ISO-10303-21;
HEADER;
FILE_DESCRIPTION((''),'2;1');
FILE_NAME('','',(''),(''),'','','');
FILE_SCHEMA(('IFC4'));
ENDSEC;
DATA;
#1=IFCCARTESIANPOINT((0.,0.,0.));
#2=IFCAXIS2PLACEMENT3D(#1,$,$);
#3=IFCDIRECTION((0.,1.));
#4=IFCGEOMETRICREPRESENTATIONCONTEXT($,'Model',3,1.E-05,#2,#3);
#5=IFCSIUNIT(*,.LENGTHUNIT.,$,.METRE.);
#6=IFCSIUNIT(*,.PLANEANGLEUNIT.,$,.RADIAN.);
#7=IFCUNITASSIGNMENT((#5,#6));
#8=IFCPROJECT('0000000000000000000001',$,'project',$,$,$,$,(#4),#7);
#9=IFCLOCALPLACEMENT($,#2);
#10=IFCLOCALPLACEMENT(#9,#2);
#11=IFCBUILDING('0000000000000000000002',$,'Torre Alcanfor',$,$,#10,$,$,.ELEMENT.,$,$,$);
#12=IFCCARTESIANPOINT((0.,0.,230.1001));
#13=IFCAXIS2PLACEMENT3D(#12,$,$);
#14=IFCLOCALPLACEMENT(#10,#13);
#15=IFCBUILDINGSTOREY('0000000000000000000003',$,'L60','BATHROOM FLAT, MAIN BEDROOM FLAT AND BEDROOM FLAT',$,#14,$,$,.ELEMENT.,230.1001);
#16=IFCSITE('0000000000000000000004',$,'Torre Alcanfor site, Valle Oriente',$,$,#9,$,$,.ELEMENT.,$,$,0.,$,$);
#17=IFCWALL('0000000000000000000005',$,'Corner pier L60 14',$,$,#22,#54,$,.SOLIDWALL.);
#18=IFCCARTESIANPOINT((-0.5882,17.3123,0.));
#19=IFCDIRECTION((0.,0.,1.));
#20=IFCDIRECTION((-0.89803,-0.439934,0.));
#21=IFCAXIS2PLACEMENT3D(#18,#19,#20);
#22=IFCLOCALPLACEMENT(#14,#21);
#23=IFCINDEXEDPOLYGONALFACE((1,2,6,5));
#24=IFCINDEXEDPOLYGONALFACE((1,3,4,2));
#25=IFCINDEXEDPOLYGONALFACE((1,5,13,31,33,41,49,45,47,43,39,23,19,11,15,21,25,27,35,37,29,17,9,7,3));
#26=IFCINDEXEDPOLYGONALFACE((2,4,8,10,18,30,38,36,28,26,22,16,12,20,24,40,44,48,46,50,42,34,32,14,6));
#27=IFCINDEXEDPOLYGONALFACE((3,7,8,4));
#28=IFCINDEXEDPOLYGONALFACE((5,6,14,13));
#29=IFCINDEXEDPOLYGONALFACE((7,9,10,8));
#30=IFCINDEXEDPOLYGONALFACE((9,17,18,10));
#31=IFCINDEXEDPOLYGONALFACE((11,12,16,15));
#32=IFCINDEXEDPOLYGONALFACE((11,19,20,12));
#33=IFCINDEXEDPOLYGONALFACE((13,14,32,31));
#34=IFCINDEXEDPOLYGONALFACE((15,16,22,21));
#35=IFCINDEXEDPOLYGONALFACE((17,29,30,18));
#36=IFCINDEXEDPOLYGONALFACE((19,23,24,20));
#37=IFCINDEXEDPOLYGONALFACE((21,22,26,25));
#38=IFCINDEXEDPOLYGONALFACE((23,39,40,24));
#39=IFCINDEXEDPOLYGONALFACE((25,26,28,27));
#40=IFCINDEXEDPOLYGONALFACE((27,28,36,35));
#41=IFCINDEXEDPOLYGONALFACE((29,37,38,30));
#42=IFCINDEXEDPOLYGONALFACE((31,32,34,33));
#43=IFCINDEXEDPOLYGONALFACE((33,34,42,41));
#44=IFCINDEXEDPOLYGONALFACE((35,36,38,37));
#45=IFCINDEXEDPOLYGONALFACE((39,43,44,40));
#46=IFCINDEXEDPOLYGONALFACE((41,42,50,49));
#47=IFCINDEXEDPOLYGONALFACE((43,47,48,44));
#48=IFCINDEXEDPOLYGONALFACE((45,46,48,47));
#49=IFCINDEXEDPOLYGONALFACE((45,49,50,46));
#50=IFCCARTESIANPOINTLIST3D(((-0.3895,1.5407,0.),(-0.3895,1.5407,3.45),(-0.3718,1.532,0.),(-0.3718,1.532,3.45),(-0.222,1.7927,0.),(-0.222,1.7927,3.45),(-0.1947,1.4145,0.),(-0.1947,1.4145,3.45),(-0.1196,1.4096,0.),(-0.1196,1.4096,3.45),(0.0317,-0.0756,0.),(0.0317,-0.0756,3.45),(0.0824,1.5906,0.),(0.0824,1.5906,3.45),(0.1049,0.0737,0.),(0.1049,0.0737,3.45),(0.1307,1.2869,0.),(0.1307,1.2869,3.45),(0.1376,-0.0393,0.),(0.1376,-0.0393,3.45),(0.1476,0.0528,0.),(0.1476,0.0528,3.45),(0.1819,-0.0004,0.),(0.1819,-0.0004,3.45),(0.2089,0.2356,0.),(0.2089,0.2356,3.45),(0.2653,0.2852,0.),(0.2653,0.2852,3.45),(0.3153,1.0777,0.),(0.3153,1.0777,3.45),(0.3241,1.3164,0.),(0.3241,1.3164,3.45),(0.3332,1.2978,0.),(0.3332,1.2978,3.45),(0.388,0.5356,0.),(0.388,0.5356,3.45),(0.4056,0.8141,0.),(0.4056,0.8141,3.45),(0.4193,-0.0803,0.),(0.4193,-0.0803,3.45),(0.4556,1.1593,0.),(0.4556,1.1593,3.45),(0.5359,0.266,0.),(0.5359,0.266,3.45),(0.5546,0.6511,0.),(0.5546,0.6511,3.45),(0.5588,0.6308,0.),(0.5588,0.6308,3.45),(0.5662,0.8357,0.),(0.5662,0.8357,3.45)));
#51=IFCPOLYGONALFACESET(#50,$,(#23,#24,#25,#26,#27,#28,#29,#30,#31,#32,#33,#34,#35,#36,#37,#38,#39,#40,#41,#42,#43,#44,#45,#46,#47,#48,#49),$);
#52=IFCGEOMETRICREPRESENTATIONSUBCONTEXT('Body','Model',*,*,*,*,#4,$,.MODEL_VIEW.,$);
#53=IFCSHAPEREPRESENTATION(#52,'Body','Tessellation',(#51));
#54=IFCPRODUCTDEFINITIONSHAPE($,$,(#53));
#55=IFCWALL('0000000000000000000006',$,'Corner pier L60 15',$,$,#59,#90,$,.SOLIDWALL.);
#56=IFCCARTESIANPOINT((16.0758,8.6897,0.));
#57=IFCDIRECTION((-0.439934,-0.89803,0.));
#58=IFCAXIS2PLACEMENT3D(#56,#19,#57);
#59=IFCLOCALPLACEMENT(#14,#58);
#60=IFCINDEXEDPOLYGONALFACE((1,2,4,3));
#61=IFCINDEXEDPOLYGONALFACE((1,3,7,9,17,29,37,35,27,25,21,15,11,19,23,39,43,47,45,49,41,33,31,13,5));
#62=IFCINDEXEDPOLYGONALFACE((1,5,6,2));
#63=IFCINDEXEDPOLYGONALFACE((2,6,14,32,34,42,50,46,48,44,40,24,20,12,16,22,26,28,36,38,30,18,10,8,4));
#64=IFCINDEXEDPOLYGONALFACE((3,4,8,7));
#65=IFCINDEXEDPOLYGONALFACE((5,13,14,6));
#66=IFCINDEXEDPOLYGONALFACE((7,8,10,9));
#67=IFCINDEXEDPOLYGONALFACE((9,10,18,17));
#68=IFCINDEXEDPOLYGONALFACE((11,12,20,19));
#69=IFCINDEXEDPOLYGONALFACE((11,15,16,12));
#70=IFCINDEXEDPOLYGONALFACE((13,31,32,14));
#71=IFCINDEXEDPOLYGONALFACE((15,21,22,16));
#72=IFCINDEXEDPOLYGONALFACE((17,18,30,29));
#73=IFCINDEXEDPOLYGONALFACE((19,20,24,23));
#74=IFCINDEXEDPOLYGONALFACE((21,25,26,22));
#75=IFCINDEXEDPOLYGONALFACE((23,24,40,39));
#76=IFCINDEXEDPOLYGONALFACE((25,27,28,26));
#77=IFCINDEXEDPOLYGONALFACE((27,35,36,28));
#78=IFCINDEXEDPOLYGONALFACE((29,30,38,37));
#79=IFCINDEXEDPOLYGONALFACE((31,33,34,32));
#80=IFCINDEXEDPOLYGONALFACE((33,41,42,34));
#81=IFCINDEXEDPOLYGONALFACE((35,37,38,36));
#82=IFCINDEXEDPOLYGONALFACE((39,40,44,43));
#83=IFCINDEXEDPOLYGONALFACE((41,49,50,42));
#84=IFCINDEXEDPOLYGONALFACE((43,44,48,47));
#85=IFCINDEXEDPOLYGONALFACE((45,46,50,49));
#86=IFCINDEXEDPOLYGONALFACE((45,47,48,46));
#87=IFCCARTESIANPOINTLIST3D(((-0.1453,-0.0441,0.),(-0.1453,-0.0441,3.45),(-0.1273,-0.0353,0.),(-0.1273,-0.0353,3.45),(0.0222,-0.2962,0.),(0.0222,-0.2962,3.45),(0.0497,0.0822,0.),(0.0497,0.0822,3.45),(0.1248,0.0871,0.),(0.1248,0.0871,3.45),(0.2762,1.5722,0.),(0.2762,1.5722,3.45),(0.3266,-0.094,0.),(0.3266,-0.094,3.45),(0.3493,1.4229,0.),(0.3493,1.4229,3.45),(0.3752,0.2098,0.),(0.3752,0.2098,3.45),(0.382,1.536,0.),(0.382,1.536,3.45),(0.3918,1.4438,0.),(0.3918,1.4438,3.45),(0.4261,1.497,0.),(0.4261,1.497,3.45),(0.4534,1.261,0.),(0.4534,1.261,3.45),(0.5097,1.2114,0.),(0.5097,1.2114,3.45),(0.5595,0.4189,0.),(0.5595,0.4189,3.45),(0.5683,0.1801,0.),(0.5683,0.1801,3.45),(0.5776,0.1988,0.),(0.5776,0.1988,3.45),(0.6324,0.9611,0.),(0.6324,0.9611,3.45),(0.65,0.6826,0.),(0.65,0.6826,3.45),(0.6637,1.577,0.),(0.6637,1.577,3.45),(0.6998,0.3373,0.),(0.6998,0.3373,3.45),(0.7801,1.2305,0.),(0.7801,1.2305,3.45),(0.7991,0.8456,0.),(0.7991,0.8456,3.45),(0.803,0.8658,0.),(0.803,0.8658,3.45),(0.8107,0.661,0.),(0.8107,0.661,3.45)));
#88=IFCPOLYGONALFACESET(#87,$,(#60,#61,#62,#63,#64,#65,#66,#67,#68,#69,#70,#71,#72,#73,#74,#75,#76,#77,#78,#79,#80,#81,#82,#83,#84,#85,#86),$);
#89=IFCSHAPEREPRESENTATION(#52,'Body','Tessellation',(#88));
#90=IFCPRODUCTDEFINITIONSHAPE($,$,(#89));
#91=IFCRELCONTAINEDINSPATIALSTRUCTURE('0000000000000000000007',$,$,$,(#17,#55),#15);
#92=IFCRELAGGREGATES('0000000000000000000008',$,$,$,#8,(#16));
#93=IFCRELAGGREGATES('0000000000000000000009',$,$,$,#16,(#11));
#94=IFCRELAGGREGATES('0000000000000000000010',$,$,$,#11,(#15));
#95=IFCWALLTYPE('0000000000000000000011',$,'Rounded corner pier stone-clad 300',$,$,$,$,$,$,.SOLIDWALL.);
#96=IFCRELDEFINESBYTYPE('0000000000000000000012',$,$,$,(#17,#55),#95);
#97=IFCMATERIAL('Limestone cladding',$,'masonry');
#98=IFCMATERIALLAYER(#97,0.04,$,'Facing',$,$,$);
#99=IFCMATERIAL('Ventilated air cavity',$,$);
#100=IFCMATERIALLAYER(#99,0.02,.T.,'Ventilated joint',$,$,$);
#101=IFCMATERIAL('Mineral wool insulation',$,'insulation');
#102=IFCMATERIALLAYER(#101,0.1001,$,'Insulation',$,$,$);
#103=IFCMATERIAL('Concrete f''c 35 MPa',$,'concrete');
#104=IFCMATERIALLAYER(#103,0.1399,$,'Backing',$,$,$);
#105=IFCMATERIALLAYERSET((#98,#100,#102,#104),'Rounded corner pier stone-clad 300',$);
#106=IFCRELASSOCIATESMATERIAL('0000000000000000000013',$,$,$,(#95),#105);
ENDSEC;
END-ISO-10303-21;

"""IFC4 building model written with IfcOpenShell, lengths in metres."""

from ifc_helpers import new_model, si_unit, direction, frame, origin, place, context, subcontext, project, spatial, polyline, outline, extrude, material, layer, layer_set, type_object, element, save


model = new_model("IFC4")

# Units and contexts
model_context = context("Model", 3, precision=1e-05, world=origin(), true_north=direction((0.0, 1.0)))
body_context = subcontext(model_context, "Body", "Model", "MODEL_VIEW")
ifc_project = project(units=[si_unit("LENGTHUNIT", "METRE"), si_unit("PLANEANGLEUNIT", "RADIAN")], contexts=[model_context])

# Site, building, storey
site_placement = place(None, origin())
site = spatial("IfcSite", under=ifc_project, at=site_placement, Name="Torre Alcanfor site, Valle Oriente", CompositionType="ELEMENT", RefElevation=0.0)
building_placement = place(site_placement, origin())
building = spatial("IfcBuilding", under=site, at=building_placement, Name="Torre Alcanfor", CompositionType="ELEMENT")
storey_placement = place(building_placement, frame((0.0, 0.0, 230.1001)))
storey = spatial("IfcBuildingStorey", under=building, at=storey_placement, Name="L60", Description="BATHROOM FLAT, MAIN BEDROOM FLAT AND BEDROOM FLAT", CompositionType="ELEMENT", Elevation=230.1001)

# Shared definitions
ifc_material_1 = material(Name="Limestone cladding", Category="masonry")
ifc_material_2 = material(Name="Ventilated air cavity")
ifc_material_3 = material(Name="Mineral wool insulation", Category="insulation")
ifc_material_4 = material(Name="Concrete f'c 35 MPa", Category="concrete")

# Walls
ifc_layer_1 = layer(ifc_material_1, 0.04, Name="Facing")
ifc_layer_2 = layer(ifc_material_2, 0.02, ventilated=True, Name="Ventilated joint")
ifc_layer_3 = layer(ifc_material_3, 0.1001, Name="Insulation")
ifc_layer_4 = layer(ifc_material_4, 0.1399, Name="Backing")
ifc_layer_set_1 = layer_set([ifc_layer_1, ifc_layer_2, ifc_layer_3, ifc_layer_4], Name="Rounded corner pier stone-clad 300")
wall_type_1 = type_object("IfcWallType", Name="Rounded corner pier stone-clad 300", PredefinedType="SOLIDWALL", material=ifc_layer_set_1)
wall_1_placement = place(storey_placement, frame((-0.5882, 17.3123, 0.0), z_axis=(0.0, 0.0, 1.0), x_axis=(-0.89803, -0.439934, 0.0)))
element("IfcWall", 1, at=wall_1_placement, inside=storey, type_object=wall_type_1, Name="Corner pier L60 14", PredefinedType="SOLIDWALL", context=body_context, shape_type="SweptSolid", body=[
    extrude(outline(polyline([(-0.222, 1.7927), (-0.3895, 1.5407), (-0.3718, 1.532), (-0.1947, 1.4145), (-0.1196, 1.4096), (0.1307, 1.2869), (0.3153, 1.0777), (0.4056, 0.8141), (0.388, 0.5356), (0.2653, 0.2852), (0.2089, 0.2356), (0.1476, 0.0528), (0.1049, 0.0737), (0.0317, -0.0756), (0.1376, -0.0393), (0.1819, -0.0004), (0.4193, -0.0803), (0.5359, 0.266), (0.5588, 0.6308), (0.5546, 0.6511), (0.5662, 0.8357), (0.4556, 1.1593), (0.3332, 1.2978), (0.3241, 1.3164), (0.0824, 1.5906), (-0.222, 1.7927)])), origin(), (0.0, 0.0, 1.0), 3.45),
])
wall_2_placement = place(storey_placement, frame((16.0758, 8.6897, 0.0), z_axis=(0.0, 0.0, 1.0), x_axis=(-0.439934, -0.89803, 0.0)))
element("IfcWall", 2, at=wall_2_placement, inside=storey, type_object=wall_type_1, Name="Corner pier L60 15", PredefinedType="SOLIDWALL", context=body_context, shape_type="SweptSolid", body=[
    extrude(outline(polyline([(0.6637, 1.577), (0.4261, 1.497), (0.382, 1.536), (0.2762, 1.5722), (0.3493, 1.4229), (0.3918, 1.4438), (0.4534, 1.261), (0.5097, 1.2114), (0.6324, 0.9611), (0.65, 0.6826), (0.5595, 0.4189), (0.3752, 0.2098), (0.1248, 0.0871), (0.0497, 0.0822), (-0.1273, -0.0353), (-0.1453, -0.0441), (0.0222, -0.2962), (0.3266, -0.094), (0.5683, 0.1801), (0.5776, 0.1988), (0.6998, 0.3373), (0.8107, 0.661), (0.7991, 0.8456), (0.803, 0.8658), (0.7801, 1.2305), (0.6637, 1.577)])), origin(), (0.0, 0.0, 1.0), 3.45),
])

save(model, "model.ifc")
